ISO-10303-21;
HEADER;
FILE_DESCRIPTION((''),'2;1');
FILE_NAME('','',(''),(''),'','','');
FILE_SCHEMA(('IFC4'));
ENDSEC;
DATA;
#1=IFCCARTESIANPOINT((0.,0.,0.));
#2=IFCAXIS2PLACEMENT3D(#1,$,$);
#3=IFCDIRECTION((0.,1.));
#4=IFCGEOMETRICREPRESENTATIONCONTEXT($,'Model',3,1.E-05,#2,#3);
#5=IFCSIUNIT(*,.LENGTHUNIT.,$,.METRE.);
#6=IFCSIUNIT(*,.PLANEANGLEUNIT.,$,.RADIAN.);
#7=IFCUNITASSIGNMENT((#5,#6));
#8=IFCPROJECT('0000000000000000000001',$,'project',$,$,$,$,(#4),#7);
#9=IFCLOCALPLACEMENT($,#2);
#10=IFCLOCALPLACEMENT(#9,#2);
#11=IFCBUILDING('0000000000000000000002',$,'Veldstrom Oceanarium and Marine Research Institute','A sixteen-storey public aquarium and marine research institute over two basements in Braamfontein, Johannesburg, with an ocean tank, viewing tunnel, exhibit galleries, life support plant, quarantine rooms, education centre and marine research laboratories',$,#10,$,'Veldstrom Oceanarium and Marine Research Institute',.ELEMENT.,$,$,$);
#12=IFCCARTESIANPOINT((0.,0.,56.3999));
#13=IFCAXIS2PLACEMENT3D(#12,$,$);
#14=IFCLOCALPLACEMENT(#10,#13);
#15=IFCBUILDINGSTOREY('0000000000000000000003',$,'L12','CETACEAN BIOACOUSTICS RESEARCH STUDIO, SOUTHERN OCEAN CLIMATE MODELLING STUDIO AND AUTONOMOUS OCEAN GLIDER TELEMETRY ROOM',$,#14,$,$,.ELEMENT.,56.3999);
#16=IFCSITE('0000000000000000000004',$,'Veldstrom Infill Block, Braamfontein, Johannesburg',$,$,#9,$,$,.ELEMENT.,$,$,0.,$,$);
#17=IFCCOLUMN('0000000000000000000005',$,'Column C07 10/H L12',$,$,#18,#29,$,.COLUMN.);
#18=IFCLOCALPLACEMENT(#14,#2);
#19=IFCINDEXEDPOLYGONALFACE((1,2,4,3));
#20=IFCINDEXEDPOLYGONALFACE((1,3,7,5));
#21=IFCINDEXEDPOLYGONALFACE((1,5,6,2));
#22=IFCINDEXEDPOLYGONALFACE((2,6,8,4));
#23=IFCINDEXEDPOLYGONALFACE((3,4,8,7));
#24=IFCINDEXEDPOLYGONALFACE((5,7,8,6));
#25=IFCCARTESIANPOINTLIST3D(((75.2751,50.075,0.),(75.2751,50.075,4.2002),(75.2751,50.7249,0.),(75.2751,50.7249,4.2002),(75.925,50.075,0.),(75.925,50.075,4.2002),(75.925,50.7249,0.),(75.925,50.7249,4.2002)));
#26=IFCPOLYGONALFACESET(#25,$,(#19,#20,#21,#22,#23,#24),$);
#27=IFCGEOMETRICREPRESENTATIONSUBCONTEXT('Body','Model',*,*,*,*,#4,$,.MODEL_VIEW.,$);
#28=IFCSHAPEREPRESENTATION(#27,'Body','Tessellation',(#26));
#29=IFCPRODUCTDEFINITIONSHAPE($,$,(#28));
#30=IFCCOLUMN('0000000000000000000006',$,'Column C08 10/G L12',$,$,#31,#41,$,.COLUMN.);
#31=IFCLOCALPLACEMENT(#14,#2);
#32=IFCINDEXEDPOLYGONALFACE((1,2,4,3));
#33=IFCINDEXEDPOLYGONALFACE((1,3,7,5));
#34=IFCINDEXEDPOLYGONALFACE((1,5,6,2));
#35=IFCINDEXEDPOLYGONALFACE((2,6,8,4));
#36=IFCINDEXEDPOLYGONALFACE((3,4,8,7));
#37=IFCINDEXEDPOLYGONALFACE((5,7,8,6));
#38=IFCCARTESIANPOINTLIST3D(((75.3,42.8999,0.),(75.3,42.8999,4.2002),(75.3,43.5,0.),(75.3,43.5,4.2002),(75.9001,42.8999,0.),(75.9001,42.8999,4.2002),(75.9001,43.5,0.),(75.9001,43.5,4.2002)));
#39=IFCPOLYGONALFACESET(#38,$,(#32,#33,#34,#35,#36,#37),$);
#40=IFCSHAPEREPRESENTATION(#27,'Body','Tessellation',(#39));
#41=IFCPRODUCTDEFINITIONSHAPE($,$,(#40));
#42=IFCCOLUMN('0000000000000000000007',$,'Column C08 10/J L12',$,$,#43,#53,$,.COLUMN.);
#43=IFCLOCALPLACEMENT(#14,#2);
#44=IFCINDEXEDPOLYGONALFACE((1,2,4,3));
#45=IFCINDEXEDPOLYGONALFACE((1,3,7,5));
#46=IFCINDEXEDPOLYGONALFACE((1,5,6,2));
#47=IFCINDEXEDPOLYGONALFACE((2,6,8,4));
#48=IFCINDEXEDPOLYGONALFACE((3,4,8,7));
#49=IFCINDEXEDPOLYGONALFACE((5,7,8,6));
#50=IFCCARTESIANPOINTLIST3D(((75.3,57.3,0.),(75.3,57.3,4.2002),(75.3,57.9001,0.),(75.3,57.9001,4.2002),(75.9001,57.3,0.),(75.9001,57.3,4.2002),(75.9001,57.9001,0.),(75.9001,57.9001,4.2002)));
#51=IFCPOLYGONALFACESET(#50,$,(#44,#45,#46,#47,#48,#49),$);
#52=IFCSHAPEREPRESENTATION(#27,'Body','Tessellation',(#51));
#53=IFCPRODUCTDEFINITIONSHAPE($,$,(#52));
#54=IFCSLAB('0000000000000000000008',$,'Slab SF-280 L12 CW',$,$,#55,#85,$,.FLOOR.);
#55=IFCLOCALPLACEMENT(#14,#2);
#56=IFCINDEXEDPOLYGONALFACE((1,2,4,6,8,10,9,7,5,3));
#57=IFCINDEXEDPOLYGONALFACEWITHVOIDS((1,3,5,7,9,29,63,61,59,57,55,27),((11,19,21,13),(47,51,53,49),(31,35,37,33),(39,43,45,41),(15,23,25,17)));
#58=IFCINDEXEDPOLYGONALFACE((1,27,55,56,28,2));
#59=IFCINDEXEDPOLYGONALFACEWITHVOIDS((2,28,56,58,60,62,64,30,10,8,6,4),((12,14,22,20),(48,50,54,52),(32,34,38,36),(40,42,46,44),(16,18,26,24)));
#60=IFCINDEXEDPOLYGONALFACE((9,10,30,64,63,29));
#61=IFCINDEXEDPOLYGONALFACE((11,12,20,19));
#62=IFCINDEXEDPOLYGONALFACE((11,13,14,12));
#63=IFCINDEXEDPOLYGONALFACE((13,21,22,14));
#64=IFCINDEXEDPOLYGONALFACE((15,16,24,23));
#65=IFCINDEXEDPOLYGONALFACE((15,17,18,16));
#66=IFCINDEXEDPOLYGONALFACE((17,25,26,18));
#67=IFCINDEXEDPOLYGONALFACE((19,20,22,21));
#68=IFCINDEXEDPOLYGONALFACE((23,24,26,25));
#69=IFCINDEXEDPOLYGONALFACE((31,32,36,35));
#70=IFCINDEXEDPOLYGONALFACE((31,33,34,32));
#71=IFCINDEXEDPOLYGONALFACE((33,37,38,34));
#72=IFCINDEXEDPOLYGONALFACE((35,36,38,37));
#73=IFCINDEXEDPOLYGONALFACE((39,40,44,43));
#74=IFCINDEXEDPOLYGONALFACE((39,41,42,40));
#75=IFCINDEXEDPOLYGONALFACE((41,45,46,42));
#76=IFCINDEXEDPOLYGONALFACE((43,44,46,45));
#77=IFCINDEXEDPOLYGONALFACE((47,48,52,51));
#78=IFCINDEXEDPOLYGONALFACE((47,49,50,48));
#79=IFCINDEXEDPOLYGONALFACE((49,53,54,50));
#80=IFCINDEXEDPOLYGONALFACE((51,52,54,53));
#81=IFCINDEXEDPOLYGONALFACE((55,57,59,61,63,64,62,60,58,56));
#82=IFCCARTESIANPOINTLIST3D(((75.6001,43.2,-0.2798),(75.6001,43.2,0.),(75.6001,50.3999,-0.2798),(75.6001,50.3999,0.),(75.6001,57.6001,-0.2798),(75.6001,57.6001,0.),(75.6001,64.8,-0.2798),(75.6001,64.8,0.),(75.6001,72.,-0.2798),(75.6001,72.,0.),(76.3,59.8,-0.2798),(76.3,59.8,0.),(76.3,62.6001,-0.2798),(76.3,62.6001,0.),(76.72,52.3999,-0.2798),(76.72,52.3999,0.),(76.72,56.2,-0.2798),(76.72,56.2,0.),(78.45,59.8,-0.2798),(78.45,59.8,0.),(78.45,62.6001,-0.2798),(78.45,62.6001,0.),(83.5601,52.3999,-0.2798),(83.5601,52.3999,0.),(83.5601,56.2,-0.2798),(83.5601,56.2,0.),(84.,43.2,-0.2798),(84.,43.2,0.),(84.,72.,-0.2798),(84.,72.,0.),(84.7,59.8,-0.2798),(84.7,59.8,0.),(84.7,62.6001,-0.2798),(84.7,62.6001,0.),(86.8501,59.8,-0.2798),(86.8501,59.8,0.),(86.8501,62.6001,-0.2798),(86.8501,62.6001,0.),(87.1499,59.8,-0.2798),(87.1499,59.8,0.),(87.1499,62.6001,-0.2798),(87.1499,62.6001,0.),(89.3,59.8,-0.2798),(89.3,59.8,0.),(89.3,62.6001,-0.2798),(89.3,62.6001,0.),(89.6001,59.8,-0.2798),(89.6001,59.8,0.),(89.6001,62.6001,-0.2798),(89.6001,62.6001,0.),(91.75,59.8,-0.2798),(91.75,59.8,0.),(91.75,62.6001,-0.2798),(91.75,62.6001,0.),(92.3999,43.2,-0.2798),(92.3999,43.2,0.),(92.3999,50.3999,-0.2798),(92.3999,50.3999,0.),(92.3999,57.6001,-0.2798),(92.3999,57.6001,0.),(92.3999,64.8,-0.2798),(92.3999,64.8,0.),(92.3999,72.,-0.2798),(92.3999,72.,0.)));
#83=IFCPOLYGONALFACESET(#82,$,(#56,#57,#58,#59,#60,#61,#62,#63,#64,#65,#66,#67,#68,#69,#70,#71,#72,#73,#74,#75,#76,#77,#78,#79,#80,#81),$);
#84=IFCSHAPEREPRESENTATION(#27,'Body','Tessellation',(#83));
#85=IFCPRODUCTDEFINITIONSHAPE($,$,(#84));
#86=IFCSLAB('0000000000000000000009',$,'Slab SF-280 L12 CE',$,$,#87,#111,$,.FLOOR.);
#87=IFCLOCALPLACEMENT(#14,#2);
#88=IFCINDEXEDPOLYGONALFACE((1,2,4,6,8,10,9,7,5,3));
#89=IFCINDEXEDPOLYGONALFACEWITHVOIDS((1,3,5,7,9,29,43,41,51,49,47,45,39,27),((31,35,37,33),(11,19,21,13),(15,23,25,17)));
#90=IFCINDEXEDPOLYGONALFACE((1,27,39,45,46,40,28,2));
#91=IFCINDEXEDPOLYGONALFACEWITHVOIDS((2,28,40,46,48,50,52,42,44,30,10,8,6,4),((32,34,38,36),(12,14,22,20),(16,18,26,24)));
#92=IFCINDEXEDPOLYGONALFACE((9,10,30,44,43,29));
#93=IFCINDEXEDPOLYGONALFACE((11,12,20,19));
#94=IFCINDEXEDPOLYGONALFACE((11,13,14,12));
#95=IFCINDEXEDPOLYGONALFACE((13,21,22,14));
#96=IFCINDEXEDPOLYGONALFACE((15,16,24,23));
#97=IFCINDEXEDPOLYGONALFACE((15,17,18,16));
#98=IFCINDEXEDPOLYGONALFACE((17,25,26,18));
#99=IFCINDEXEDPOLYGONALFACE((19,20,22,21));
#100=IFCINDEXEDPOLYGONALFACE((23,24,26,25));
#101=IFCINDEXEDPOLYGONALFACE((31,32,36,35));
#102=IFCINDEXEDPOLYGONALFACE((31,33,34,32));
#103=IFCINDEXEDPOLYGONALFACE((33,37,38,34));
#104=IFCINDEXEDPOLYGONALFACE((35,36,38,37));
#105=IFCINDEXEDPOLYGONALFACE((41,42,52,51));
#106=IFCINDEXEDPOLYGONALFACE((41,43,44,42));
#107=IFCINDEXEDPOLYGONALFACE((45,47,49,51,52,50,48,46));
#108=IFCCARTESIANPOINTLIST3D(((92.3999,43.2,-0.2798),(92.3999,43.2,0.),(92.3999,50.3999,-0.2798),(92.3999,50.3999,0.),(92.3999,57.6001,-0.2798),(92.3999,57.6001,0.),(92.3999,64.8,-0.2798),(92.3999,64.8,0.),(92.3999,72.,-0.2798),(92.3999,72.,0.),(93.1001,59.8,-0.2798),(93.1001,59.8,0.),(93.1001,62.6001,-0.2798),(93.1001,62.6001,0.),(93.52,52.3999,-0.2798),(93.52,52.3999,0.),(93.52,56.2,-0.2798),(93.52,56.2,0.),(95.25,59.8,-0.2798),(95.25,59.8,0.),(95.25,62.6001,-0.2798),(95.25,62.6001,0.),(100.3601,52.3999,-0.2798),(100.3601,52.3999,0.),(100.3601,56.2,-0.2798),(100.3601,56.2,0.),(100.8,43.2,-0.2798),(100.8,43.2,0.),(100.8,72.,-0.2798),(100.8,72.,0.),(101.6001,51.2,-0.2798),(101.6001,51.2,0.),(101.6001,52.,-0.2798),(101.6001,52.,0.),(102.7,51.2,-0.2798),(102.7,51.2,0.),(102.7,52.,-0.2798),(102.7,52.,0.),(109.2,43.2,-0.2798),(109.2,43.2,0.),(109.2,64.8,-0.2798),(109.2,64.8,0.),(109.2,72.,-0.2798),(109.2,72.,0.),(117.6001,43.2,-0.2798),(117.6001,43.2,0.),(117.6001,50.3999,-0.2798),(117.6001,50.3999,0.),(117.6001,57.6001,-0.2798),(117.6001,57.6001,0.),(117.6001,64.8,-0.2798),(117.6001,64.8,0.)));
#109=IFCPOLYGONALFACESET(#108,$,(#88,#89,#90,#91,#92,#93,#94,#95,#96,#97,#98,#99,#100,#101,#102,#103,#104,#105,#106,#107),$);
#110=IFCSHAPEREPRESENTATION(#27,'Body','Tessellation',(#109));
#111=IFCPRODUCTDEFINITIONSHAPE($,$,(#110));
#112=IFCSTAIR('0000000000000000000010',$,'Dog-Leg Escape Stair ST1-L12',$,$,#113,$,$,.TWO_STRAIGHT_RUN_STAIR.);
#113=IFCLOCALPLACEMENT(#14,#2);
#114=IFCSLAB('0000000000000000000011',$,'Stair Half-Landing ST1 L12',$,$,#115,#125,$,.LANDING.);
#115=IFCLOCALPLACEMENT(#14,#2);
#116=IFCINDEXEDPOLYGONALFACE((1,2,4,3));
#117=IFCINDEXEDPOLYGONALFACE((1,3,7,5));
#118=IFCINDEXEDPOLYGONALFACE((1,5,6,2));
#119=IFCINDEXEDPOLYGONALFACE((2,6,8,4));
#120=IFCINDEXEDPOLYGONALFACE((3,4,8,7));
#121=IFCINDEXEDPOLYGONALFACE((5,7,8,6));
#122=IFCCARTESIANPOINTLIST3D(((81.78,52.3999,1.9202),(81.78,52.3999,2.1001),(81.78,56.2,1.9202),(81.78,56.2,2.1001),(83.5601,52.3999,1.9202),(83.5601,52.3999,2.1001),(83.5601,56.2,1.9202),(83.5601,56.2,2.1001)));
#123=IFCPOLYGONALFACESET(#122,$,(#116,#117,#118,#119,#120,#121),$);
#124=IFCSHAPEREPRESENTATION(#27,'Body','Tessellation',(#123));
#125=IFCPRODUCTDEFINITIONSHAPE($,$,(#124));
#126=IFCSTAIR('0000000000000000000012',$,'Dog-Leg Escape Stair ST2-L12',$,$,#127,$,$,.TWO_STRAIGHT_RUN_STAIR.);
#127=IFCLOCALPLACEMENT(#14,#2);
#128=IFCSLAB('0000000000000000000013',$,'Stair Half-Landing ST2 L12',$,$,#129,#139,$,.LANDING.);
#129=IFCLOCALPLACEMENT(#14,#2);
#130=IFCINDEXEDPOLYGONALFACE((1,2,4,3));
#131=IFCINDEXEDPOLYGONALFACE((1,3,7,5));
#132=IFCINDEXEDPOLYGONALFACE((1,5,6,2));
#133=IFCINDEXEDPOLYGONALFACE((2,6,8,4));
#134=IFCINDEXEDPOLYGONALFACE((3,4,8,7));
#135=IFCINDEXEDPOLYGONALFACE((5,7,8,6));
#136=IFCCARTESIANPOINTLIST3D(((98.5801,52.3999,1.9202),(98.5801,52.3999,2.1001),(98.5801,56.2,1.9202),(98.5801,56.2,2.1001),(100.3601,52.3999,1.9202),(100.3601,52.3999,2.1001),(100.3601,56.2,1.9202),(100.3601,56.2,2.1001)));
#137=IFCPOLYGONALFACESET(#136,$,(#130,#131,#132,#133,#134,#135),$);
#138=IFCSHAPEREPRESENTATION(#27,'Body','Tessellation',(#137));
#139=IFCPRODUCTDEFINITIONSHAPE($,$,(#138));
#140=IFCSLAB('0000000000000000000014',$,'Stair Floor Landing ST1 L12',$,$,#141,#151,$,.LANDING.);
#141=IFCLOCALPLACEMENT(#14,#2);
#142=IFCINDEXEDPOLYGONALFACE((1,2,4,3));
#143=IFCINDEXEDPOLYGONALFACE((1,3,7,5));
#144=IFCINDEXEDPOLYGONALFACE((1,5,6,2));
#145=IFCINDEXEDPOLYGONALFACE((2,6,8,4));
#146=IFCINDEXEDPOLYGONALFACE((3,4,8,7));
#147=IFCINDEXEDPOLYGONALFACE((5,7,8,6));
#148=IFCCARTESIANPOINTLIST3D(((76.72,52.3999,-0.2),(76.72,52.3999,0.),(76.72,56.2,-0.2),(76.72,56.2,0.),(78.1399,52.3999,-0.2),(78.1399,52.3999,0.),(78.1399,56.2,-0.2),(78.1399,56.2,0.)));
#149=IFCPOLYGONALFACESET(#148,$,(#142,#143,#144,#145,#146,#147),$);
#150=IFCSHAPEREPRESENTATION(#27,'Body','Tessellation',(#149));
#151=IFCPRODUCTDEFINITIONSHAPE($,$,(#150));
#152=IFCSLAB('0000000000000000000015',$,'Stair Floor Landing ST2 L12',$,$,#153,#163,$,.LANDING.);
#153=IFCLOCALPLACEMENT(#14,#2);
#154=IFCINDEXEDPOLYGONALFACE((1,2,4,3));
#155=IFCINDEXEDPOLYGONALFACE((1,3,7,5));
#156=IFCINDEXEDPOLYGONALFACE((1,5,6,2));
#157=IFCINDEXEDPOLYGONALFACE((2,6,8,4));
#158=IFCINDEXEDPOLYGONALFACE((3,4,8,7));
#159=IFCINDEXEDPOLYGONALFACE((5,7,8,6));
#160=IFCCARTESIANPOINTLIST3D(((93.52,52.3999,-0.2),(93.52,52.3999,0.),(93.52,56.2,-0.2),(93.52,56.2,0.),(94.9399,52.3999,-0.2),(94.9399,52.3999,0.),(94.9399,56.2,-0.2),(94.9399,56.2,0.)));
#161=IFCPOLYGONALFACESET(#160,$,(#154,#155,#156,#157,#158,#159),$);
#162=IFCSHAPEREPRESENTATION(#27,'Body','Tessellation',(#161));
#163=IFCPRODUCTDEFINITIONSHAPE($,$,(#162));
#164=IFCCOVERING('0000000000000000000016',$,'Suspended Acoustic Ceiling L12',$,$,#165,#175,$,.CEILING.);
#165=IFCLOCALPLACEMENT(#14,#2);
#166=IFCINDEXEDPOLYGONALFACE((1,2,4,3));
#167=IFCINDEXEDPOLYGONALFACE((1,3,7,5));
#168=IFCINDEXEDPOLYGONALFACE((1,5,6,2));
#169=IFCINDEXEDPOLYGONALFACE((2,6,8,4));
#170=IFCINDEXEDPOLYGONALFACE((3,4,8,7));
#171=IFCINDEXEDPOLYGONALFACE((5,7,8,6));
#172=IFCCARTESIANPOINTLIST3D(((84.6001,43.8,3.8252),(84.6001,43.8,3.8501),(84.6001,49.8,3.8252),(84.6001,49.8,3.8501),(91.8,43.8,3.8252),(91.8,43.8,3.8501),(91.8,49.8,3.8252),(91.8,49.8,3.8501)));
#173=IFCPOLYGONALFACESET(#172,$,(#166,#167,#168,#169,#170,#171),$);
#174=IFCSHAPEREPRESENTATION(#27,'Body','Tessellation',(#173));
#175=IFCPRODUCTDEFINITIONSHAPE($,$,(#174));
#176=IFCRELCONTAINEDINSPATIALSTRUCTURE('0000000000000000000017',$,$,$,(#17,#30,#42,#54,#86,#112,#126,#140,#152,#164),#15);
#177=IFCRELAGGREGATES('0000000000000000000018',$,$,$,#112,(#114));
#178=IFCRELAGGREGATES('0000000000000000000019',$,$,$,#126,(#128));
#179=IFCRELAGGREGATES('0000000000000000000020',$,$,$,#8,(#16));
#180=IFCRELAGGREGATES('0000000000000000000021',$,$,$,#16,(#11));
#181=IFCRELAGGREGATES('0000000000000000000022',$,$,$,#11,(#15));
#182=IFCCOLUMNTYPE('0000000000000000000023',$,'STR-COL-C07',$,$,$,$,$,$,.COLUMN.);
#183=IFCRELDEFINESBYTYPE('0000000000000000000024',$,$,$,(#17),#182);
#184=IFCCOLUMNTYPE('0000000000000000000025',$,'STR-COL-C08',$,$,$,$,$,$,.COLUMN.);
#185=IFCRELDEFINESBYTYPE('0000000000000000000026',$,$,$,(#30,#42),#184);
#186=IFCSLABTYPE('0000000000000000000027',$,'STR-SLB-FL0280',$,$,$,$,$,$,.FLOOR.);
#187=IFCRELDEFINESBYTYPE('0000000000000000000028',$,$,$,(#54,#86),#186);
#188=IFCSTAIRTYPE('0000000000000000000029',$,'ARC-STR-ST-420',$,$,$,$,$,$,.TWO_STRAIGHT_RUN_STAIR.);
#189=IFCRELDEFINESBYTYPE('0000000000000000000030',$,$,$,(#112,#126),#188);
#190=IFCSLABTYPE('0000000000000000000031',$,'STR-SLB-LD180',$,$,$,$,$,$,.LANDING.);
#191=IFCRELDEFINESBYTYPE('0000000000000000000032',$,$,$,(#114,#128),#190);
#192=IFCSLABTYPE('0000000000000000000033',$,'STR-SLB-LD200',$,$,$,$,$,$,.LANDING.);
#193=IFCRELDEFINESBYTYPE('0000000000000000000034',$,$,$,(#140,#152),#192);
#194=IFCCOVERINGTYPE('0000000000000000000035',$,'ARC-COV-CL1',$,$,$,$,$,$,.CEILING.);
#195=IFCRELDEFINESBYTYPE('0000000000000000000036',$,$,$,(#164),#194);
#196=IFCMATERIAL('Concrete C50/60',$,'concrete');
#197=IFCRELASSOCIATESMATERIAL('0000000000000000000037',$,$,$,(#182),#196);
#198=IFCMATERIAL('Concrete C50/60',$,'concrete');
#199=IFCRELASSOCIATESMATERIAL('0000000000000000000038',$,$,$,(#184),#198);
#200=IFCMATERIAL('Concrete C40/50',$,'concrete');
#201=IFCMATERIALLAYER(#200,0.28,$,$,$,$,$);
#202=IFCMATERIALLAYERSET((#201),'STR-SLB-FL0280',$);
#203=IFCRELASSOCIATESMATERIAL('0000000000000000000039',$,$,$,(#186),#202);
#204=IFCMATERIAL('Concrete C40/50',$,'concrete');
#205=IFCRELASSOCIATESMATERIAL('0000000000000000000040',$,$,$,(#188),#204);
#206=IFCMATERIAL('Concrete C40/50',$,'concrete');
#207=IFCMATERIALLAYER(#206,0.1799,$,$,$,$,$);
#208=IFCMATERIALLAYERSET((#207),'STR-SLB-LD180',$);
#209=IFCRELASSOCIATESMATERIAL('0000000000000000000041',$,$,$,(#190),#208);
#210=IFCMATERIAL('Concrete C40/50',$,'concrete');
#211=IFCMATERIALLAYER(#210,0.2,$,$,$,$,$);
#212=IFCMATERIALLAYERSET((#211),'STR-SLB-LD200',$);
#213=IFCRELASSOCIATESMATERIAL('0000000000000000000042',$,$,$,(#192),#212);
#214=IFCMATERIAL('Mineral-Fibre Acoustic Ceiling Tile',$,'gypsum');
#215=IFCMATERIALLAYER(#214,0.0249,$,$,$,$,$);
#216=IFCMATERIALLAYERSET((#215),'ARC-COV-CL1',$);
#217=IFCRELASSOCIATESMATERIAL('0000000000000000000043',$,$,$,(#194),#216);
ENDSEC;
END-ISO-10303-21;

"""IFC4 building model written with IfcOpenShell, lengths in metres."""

from ifc_helpers import new_model, si_unit, direction, frame, origin, origin_2d, place, context, subcontext, project, spatial, polyline, rectangle, outline, extrude, material, layer, layer_set, material_profile, profile_set, type_object, element, aggregate, save


model = new_model("IFC4")

# Units and contexts
model_context = context("Model", 3, precision=1e-05, world=origin(), true_north=direction((0.0, 1.0)))
body_context = subcontext(model_context, "Body", "Model", "MODEL_VIEW")
ifc_project = project(units=[si_unit("LENGTHUNIT", "METRE"), si_unit("PLANEANGLEUNIT", "RADIAN")], contexts=[model_context])

# Site, building, storey
site_placement = place(None, origin())
site = spatial("IfcSite", under=ifc_project, at=site_placement, Name="Veldstrom Infill Block, Braamfontein, Johannesburg", CompositionType="ELEMENT", RefElevation=0.0)
building_placement = place(site_placement, origin())
building = spatial("IfcBuilding", under=site, at=building_placement, Name="Veldstrom Oceanarium and Marine Research Institute", Description="A sixteen-storey public aquarium and marine research institute over two basements in Braamfontein, Johannesburg, with an ocean tank, viewing tunnel, exhibit galleries, life support plant, quarantine rooms, education centre and marine research laboratories", LongName="Veldstrom Oceanarium and Marine Research Institute", CompositionType="ELEMENT")
storey_placement = place(building_placement, frame((0.0, 0.0, 56.3999)))
storey = spatial("IfcBuildingStorey", under=building, at=storey_placement, Name="L12", Description="CETACEAN BIOACOUSTICS RESEARCH STUDIO, SOUTHERN OCEAN CLIMATE MODELLING STUDIO AND AUTONOMOUS OCEAN GLIDER TELEMETRY ROOM", CompositionType="ELEMENT", Elevation=56.3999)

# Columns
ifc_material_1 = material(Name="Concrete C50/60", Category="concrete")
ifc_material_profile_1 = material_profile(ifc_material_1, rectangle(XDim=0.6499, YDim=0.6499, at=origin_2d()), Name="RC-COL-650x650")
ifc_profile_set_1 = profile_set([ifc_material_profile_1], Name="Concrete C50/60")
column_type_1 = type_object("IfcColumnType", Name="STR-COL-C07", PredefinedType="COLUMN", material=ifc_profile_set_1)
column_placement = place(storey_placement, frame((75.6001, 50.3999, 0.0), z_axis=(0.0, 0.0, 1.0), x_axis=(1.0, 0.0, 0.0)))
element("IfcColumn", 1, at=column_placement, inside=storey, type_object=column_type_1, Name="Column C07 10/H L12", PredefinedType="COLUMN", context=body_context, shape_type="SweptSolid", body=[
    extrude(rectangle(XDim=0.6499, YDim=0.6499, at=origin_2d()), origin(), (0.0, 0.0, 1.0), 4.2002),
])
ifc_material_2 = material(Name="Concrete C50/60", Category="concrete")
ifc_material_profile_2 = material_profile(ifc_material_2, rectangle(XDim=0.6001, YDim=0.6001, at=origin_2d()), Name="RC-COL-600x600")
ifc_profile_set_2 = profile_set([ifc_material_profile_2], Name="Concrete C50/60")
column_type_2 = type_object("IfcColumnType", Name="STR-COL-C08", PredefinedType="COLUMN", material=ifc_profile_set_2)
for number, where, z_axis, x_axis, name in (
    (2, (75.6001, 43.2, 0.0), (0.0, 0.0, 1.0), (1.0, 0.0, 0.0), "Column C08 10/G L12"),
    (3, (75.6001, 57.6001, 0.0), (0.0, 0.0, 1.0), (1.0, 0.0, 0.0), "Column C08 10/J L12"),
):
    element("IfcColumn", number, at=place(storey_placement, frame(where, z_axis=z_axis, x_axis=x_axis)), inside=storey, type_object=column_type_2, Name=name, PredefinedType="COLUMN", context=body_context, shape_type="SweptSolid", body=[
        extrude(rectangle(XDim=0.6001, YDim=0.6001, at=origin_2d()), origin(), (0.0, 0.0, 1.0), 4.2002),
    ])

# Slabs
ifc_material_3 = material(Name="Concrete C40/50", Category="concrete")
ifc_layer_1 = layer(ifc_material_3, 0.28)
ifc_layer_set_1 = layer_set([ifc_layer_1], Name="STR-SLB-FL0280")
slab_type_1 = type_object("IfcSlabType", Name="STR-SLB-FL0280", PredefinedType="FLOOR", material=ifc_layer_set_1)
slab_1_placement = place(storey_placement, frame((0.0, 0.0, -0.2798)))
element("IfcSlab", 4, at=slab_1_placement, inside=storey, type_object=slab_type_1, Name="Slab SF-280 L12 CW", PredefinedType="FLOOR", context=body_context, shape_type="SweptSolid", body=[
    extrude(outline(polyline([(92.3999, 50.3999), (92.3999, 43.2), (84.0, 43.2), (75.6001, 43.2), (75.6001, 50.3999), (75.6001, 57.6001), (75.6001, 64.8), (75.6001, 72.0), (84.0, 72.0), (92.3999, 72.0), (92.3999, 64.8), (92.3999, 57.6001), (92.3999, 50.3999)]), holes=[polyline([(76.72, 52.3999), (83.5601, 52.3999), (83.5601, 56.2), (76.72, 56.2), (76.72, 52.3999)]), polyline([(78.45, 62.6001), (76.3, 62.6001), (76.3, 59.8), (78.45, 59.8), (78.45, 62.6001)]), polyline([(84.7, 59.8), (86.8501, 59.8), (86.8501, 62.6001), (84.7, 62.6001), (84.7, 59.8)]), polyline([(87.1499, 62.6001), (87.1499, 59.8), (89.3, 59.8), (89.3, 62.6001), (87.1499, 62.6001)]), polyline([(91.75, 62.6001), (89.6001, 62.6001), (89.6001, 59.8), (91.75, 59.8), (91.75, 62.6001)])]), origin(), (0.0, 0.0, 1.0), 0.2798),
])
slab_2_placement = place(storey_placement, frame((0.0, 0.0, -0.2798)))
element("IfcSlab", 5, at=slab_2_placement, inside=storey, type_object=slab_type_1, Name="Slab SF-280 L12 CE", PredefinedType="FLOOR", context=body_context, shape_type="SweptSolid", body=[
    extrude(outline(polyline([(117.6001, 57.6001), (117.6001, 50.3999), (117.6001, 43.2), (109.2, 43.2), (100.8, 43.2), (92.3999, 43.2), (92.3999, 50.3999), (92.3999, 57.6001), (92.3999, 64.8), (92.3999, 72.0), (100.8, 72.0), (109.2, 72.0), (109.2, 64.8), (117.6001, 64.8), (117.6001, 57.6001)]), holes=[polyline([(93.52, 52.3999), (100.3601, 52.3999), (100.3601, 56.2), (93.52, 56.2), (93.52, 52.3999)]), polyline([(95.25, 62.6001), (93.1001, 62.6001), (93.1001, 59.8), (95.25, 59.8), (95.25, 62.6001)]), polyline([(102.7, 52.0), (101.6001, 52.0), (101.6001, 51.2), (102.7, 51.2), (102.7, 52.0)])]), origin(), (0.0, 0.0, 1.0), 0.2798),
])

# Stairs, slabs
ifc_material_4 = material(Name="Concrete C40/50", Category="concrete")
stair_type = type_object("IfcStairType", Name="ARC-STR-ST-420", PredefinedType="TWO_STRAIGHT_RUN_STAIR", material=ifc_material_4)
stair_1_placement = place(storey_placement, origin())
stair_1 = element("IfcStair", 6, at=stair_1_placement, inside=storey, type_object=stair_type, Name="Dog-Leg Escape Stair ST1-L12", PredefinedType="TWO_STRAIGHT_RUN_STAIR")
ifc_material_5 = material(Name="Concrete C40/50", Category="concrete")
ifc_layer_2 = layer(ifc_material_5, 0.1799)
ifc_layer_set_2 = layer_set([ifc_layer_2], Name="STR-SLB-LD180")
slab_type_2 = type_object("IfcSlabType", Name="STR-SLB-LD180", PredefinedType="LANDING", material=ifc_layer_set_2)
slab_3_placement = place(storey_placement, frame((0.0, 0.0, 1.9202)))
slab_3 = element("IfcSlab", 7, at=slab_3_placement, type_object=slab_type_2, Name="Stair Half-Landing ST1 L12", PredefinedType="LANDING", context=body_context, shape_type="SweptSolid", body=[
    extrude(outline(polyline([(81.78, 52.3999), (83.5601, 52.3999), (83.5601, 56.2), (81.78, 56.2), (81.78, 52.3999)])), origin(), (0.0, 0.0, 1.0), 0.1799),
])
aggregate(stair_1, [slab_3])
stair_2_placement = place(storey_placement, origin())
stair_2 = element("IfcStair", 8, at=stair_2_placement, inside=storey, type_object=stair_type, Name="Dog-Leg Escape Stair ST2-L12", PredefinedType="TWO_STRAIGHT_RUN_STAIR")
slab_4_placement = place(storey_placement, frame((0.0, 0.0, 1.9202)))
slab_4 = element("IfcSlab", 9, at=slab_4_placement, type_object=slab_type_2, Name="Stair Half-Landing ST2 L12", PredefinedType="LANDING", context=body_context, shape_type="SweptSolid", body=[
    extrude(outline(polyline([(98.5801, 52.3999), (100.3601, 52.3999), (100.3601, 56.2), (98.5801, 56.2), (98.5801, 52.3999)])), origin(), (0.0, 0.0, 1.0), 0.1799),
])
aggregate(stair_2, [slab_4])

# Slabs
ifc_material_6 = material(Name="Concrete C40/50", Category="concrete")
ifc_layer_3 = layer(ifc_material_6, 0.2)
ifc_layer_set_3 = layer_set([ifc_layer_3], Name="STR-SLB-LD200")
slab_type_3 = type_object("IfcSlabType", Name="STR-SLB-LD200", PredefinedType="LANDING", material=ifc_layer_set_3)
slab_5_placement = place(storey_placement, frame((0.0, 0.0, -0.2)))
element("IfcSlab", 10, at=slab_5_placement, inside=storey, type_object=slab_type_3, Name="Stair Floor Landing ST1 L12", PredefinedType="LANDING", context=body_context, shape_type="SweptSolid", body=[
    extrude(outline(polyline([(76.72, 52.3999), (78.1399, 52.3999), (78.1399, 56.2), (76.72, 56.2), (76.72, 52.3999)])), origin(), (0.0, 0.0, 1.0), 0.2),
])
slab_6_placement = place(storey_placement, frame((0.0, 0.0, -0.2)))
element("IfcSlab", 11, at=slab_6_placement, inside=storey, type_object=slab_type_3, Name="Stair Floor Landing ST2 L12", PredefinedType="LANDING", context=body_context, shape_type="SweptSolid", body=[
    extrude(outline(polyline([(93.52, 52.3999), (94.9399, 52.3999), (94.9399, 56.2), (93.52, 56.2), (93.52, 52.3999)])), origin(), (0.0, 0.0, 1.0), 0.2),
])

# Covering
ifc_material_7 = material(Name="Mineral-Fibre Acoustic Ceiling Tile", Category="gypsum")
ifc_layer_4 = layer(ifc_material_7, 0.0249)
ifc_layer_set_4 = layer_set([ifc_layer_4], Name="ARC-COV-CL1")
covering_type_1 = type_object("IfcCoveringType", Name="ARC-COV-CL1", PredefinedType="CEILING", material=ifc_layer_set_4)
covering_1_placement = place(storey_placement, frame((0.0, 0.0, 3.8252)))
element("IfcCovering", 12, at=covering_1_placement, inside=storey, type_object=covering_type_1, Name="Suspended Acoustic Ceiling L12", PredefinedType="CEILING", context=body_context, shape_type="SweptSolid", body=[
    extrude(outline(polyline([(84.6001, 43.8), (91.8, 43.8), (91.8, 49.8), (84.6001, 49.8), (84.6001, 43.8)])), origin(), (0.0, 0.0, 1.0), 0.0249),
])

save(model, "model.ifc")
